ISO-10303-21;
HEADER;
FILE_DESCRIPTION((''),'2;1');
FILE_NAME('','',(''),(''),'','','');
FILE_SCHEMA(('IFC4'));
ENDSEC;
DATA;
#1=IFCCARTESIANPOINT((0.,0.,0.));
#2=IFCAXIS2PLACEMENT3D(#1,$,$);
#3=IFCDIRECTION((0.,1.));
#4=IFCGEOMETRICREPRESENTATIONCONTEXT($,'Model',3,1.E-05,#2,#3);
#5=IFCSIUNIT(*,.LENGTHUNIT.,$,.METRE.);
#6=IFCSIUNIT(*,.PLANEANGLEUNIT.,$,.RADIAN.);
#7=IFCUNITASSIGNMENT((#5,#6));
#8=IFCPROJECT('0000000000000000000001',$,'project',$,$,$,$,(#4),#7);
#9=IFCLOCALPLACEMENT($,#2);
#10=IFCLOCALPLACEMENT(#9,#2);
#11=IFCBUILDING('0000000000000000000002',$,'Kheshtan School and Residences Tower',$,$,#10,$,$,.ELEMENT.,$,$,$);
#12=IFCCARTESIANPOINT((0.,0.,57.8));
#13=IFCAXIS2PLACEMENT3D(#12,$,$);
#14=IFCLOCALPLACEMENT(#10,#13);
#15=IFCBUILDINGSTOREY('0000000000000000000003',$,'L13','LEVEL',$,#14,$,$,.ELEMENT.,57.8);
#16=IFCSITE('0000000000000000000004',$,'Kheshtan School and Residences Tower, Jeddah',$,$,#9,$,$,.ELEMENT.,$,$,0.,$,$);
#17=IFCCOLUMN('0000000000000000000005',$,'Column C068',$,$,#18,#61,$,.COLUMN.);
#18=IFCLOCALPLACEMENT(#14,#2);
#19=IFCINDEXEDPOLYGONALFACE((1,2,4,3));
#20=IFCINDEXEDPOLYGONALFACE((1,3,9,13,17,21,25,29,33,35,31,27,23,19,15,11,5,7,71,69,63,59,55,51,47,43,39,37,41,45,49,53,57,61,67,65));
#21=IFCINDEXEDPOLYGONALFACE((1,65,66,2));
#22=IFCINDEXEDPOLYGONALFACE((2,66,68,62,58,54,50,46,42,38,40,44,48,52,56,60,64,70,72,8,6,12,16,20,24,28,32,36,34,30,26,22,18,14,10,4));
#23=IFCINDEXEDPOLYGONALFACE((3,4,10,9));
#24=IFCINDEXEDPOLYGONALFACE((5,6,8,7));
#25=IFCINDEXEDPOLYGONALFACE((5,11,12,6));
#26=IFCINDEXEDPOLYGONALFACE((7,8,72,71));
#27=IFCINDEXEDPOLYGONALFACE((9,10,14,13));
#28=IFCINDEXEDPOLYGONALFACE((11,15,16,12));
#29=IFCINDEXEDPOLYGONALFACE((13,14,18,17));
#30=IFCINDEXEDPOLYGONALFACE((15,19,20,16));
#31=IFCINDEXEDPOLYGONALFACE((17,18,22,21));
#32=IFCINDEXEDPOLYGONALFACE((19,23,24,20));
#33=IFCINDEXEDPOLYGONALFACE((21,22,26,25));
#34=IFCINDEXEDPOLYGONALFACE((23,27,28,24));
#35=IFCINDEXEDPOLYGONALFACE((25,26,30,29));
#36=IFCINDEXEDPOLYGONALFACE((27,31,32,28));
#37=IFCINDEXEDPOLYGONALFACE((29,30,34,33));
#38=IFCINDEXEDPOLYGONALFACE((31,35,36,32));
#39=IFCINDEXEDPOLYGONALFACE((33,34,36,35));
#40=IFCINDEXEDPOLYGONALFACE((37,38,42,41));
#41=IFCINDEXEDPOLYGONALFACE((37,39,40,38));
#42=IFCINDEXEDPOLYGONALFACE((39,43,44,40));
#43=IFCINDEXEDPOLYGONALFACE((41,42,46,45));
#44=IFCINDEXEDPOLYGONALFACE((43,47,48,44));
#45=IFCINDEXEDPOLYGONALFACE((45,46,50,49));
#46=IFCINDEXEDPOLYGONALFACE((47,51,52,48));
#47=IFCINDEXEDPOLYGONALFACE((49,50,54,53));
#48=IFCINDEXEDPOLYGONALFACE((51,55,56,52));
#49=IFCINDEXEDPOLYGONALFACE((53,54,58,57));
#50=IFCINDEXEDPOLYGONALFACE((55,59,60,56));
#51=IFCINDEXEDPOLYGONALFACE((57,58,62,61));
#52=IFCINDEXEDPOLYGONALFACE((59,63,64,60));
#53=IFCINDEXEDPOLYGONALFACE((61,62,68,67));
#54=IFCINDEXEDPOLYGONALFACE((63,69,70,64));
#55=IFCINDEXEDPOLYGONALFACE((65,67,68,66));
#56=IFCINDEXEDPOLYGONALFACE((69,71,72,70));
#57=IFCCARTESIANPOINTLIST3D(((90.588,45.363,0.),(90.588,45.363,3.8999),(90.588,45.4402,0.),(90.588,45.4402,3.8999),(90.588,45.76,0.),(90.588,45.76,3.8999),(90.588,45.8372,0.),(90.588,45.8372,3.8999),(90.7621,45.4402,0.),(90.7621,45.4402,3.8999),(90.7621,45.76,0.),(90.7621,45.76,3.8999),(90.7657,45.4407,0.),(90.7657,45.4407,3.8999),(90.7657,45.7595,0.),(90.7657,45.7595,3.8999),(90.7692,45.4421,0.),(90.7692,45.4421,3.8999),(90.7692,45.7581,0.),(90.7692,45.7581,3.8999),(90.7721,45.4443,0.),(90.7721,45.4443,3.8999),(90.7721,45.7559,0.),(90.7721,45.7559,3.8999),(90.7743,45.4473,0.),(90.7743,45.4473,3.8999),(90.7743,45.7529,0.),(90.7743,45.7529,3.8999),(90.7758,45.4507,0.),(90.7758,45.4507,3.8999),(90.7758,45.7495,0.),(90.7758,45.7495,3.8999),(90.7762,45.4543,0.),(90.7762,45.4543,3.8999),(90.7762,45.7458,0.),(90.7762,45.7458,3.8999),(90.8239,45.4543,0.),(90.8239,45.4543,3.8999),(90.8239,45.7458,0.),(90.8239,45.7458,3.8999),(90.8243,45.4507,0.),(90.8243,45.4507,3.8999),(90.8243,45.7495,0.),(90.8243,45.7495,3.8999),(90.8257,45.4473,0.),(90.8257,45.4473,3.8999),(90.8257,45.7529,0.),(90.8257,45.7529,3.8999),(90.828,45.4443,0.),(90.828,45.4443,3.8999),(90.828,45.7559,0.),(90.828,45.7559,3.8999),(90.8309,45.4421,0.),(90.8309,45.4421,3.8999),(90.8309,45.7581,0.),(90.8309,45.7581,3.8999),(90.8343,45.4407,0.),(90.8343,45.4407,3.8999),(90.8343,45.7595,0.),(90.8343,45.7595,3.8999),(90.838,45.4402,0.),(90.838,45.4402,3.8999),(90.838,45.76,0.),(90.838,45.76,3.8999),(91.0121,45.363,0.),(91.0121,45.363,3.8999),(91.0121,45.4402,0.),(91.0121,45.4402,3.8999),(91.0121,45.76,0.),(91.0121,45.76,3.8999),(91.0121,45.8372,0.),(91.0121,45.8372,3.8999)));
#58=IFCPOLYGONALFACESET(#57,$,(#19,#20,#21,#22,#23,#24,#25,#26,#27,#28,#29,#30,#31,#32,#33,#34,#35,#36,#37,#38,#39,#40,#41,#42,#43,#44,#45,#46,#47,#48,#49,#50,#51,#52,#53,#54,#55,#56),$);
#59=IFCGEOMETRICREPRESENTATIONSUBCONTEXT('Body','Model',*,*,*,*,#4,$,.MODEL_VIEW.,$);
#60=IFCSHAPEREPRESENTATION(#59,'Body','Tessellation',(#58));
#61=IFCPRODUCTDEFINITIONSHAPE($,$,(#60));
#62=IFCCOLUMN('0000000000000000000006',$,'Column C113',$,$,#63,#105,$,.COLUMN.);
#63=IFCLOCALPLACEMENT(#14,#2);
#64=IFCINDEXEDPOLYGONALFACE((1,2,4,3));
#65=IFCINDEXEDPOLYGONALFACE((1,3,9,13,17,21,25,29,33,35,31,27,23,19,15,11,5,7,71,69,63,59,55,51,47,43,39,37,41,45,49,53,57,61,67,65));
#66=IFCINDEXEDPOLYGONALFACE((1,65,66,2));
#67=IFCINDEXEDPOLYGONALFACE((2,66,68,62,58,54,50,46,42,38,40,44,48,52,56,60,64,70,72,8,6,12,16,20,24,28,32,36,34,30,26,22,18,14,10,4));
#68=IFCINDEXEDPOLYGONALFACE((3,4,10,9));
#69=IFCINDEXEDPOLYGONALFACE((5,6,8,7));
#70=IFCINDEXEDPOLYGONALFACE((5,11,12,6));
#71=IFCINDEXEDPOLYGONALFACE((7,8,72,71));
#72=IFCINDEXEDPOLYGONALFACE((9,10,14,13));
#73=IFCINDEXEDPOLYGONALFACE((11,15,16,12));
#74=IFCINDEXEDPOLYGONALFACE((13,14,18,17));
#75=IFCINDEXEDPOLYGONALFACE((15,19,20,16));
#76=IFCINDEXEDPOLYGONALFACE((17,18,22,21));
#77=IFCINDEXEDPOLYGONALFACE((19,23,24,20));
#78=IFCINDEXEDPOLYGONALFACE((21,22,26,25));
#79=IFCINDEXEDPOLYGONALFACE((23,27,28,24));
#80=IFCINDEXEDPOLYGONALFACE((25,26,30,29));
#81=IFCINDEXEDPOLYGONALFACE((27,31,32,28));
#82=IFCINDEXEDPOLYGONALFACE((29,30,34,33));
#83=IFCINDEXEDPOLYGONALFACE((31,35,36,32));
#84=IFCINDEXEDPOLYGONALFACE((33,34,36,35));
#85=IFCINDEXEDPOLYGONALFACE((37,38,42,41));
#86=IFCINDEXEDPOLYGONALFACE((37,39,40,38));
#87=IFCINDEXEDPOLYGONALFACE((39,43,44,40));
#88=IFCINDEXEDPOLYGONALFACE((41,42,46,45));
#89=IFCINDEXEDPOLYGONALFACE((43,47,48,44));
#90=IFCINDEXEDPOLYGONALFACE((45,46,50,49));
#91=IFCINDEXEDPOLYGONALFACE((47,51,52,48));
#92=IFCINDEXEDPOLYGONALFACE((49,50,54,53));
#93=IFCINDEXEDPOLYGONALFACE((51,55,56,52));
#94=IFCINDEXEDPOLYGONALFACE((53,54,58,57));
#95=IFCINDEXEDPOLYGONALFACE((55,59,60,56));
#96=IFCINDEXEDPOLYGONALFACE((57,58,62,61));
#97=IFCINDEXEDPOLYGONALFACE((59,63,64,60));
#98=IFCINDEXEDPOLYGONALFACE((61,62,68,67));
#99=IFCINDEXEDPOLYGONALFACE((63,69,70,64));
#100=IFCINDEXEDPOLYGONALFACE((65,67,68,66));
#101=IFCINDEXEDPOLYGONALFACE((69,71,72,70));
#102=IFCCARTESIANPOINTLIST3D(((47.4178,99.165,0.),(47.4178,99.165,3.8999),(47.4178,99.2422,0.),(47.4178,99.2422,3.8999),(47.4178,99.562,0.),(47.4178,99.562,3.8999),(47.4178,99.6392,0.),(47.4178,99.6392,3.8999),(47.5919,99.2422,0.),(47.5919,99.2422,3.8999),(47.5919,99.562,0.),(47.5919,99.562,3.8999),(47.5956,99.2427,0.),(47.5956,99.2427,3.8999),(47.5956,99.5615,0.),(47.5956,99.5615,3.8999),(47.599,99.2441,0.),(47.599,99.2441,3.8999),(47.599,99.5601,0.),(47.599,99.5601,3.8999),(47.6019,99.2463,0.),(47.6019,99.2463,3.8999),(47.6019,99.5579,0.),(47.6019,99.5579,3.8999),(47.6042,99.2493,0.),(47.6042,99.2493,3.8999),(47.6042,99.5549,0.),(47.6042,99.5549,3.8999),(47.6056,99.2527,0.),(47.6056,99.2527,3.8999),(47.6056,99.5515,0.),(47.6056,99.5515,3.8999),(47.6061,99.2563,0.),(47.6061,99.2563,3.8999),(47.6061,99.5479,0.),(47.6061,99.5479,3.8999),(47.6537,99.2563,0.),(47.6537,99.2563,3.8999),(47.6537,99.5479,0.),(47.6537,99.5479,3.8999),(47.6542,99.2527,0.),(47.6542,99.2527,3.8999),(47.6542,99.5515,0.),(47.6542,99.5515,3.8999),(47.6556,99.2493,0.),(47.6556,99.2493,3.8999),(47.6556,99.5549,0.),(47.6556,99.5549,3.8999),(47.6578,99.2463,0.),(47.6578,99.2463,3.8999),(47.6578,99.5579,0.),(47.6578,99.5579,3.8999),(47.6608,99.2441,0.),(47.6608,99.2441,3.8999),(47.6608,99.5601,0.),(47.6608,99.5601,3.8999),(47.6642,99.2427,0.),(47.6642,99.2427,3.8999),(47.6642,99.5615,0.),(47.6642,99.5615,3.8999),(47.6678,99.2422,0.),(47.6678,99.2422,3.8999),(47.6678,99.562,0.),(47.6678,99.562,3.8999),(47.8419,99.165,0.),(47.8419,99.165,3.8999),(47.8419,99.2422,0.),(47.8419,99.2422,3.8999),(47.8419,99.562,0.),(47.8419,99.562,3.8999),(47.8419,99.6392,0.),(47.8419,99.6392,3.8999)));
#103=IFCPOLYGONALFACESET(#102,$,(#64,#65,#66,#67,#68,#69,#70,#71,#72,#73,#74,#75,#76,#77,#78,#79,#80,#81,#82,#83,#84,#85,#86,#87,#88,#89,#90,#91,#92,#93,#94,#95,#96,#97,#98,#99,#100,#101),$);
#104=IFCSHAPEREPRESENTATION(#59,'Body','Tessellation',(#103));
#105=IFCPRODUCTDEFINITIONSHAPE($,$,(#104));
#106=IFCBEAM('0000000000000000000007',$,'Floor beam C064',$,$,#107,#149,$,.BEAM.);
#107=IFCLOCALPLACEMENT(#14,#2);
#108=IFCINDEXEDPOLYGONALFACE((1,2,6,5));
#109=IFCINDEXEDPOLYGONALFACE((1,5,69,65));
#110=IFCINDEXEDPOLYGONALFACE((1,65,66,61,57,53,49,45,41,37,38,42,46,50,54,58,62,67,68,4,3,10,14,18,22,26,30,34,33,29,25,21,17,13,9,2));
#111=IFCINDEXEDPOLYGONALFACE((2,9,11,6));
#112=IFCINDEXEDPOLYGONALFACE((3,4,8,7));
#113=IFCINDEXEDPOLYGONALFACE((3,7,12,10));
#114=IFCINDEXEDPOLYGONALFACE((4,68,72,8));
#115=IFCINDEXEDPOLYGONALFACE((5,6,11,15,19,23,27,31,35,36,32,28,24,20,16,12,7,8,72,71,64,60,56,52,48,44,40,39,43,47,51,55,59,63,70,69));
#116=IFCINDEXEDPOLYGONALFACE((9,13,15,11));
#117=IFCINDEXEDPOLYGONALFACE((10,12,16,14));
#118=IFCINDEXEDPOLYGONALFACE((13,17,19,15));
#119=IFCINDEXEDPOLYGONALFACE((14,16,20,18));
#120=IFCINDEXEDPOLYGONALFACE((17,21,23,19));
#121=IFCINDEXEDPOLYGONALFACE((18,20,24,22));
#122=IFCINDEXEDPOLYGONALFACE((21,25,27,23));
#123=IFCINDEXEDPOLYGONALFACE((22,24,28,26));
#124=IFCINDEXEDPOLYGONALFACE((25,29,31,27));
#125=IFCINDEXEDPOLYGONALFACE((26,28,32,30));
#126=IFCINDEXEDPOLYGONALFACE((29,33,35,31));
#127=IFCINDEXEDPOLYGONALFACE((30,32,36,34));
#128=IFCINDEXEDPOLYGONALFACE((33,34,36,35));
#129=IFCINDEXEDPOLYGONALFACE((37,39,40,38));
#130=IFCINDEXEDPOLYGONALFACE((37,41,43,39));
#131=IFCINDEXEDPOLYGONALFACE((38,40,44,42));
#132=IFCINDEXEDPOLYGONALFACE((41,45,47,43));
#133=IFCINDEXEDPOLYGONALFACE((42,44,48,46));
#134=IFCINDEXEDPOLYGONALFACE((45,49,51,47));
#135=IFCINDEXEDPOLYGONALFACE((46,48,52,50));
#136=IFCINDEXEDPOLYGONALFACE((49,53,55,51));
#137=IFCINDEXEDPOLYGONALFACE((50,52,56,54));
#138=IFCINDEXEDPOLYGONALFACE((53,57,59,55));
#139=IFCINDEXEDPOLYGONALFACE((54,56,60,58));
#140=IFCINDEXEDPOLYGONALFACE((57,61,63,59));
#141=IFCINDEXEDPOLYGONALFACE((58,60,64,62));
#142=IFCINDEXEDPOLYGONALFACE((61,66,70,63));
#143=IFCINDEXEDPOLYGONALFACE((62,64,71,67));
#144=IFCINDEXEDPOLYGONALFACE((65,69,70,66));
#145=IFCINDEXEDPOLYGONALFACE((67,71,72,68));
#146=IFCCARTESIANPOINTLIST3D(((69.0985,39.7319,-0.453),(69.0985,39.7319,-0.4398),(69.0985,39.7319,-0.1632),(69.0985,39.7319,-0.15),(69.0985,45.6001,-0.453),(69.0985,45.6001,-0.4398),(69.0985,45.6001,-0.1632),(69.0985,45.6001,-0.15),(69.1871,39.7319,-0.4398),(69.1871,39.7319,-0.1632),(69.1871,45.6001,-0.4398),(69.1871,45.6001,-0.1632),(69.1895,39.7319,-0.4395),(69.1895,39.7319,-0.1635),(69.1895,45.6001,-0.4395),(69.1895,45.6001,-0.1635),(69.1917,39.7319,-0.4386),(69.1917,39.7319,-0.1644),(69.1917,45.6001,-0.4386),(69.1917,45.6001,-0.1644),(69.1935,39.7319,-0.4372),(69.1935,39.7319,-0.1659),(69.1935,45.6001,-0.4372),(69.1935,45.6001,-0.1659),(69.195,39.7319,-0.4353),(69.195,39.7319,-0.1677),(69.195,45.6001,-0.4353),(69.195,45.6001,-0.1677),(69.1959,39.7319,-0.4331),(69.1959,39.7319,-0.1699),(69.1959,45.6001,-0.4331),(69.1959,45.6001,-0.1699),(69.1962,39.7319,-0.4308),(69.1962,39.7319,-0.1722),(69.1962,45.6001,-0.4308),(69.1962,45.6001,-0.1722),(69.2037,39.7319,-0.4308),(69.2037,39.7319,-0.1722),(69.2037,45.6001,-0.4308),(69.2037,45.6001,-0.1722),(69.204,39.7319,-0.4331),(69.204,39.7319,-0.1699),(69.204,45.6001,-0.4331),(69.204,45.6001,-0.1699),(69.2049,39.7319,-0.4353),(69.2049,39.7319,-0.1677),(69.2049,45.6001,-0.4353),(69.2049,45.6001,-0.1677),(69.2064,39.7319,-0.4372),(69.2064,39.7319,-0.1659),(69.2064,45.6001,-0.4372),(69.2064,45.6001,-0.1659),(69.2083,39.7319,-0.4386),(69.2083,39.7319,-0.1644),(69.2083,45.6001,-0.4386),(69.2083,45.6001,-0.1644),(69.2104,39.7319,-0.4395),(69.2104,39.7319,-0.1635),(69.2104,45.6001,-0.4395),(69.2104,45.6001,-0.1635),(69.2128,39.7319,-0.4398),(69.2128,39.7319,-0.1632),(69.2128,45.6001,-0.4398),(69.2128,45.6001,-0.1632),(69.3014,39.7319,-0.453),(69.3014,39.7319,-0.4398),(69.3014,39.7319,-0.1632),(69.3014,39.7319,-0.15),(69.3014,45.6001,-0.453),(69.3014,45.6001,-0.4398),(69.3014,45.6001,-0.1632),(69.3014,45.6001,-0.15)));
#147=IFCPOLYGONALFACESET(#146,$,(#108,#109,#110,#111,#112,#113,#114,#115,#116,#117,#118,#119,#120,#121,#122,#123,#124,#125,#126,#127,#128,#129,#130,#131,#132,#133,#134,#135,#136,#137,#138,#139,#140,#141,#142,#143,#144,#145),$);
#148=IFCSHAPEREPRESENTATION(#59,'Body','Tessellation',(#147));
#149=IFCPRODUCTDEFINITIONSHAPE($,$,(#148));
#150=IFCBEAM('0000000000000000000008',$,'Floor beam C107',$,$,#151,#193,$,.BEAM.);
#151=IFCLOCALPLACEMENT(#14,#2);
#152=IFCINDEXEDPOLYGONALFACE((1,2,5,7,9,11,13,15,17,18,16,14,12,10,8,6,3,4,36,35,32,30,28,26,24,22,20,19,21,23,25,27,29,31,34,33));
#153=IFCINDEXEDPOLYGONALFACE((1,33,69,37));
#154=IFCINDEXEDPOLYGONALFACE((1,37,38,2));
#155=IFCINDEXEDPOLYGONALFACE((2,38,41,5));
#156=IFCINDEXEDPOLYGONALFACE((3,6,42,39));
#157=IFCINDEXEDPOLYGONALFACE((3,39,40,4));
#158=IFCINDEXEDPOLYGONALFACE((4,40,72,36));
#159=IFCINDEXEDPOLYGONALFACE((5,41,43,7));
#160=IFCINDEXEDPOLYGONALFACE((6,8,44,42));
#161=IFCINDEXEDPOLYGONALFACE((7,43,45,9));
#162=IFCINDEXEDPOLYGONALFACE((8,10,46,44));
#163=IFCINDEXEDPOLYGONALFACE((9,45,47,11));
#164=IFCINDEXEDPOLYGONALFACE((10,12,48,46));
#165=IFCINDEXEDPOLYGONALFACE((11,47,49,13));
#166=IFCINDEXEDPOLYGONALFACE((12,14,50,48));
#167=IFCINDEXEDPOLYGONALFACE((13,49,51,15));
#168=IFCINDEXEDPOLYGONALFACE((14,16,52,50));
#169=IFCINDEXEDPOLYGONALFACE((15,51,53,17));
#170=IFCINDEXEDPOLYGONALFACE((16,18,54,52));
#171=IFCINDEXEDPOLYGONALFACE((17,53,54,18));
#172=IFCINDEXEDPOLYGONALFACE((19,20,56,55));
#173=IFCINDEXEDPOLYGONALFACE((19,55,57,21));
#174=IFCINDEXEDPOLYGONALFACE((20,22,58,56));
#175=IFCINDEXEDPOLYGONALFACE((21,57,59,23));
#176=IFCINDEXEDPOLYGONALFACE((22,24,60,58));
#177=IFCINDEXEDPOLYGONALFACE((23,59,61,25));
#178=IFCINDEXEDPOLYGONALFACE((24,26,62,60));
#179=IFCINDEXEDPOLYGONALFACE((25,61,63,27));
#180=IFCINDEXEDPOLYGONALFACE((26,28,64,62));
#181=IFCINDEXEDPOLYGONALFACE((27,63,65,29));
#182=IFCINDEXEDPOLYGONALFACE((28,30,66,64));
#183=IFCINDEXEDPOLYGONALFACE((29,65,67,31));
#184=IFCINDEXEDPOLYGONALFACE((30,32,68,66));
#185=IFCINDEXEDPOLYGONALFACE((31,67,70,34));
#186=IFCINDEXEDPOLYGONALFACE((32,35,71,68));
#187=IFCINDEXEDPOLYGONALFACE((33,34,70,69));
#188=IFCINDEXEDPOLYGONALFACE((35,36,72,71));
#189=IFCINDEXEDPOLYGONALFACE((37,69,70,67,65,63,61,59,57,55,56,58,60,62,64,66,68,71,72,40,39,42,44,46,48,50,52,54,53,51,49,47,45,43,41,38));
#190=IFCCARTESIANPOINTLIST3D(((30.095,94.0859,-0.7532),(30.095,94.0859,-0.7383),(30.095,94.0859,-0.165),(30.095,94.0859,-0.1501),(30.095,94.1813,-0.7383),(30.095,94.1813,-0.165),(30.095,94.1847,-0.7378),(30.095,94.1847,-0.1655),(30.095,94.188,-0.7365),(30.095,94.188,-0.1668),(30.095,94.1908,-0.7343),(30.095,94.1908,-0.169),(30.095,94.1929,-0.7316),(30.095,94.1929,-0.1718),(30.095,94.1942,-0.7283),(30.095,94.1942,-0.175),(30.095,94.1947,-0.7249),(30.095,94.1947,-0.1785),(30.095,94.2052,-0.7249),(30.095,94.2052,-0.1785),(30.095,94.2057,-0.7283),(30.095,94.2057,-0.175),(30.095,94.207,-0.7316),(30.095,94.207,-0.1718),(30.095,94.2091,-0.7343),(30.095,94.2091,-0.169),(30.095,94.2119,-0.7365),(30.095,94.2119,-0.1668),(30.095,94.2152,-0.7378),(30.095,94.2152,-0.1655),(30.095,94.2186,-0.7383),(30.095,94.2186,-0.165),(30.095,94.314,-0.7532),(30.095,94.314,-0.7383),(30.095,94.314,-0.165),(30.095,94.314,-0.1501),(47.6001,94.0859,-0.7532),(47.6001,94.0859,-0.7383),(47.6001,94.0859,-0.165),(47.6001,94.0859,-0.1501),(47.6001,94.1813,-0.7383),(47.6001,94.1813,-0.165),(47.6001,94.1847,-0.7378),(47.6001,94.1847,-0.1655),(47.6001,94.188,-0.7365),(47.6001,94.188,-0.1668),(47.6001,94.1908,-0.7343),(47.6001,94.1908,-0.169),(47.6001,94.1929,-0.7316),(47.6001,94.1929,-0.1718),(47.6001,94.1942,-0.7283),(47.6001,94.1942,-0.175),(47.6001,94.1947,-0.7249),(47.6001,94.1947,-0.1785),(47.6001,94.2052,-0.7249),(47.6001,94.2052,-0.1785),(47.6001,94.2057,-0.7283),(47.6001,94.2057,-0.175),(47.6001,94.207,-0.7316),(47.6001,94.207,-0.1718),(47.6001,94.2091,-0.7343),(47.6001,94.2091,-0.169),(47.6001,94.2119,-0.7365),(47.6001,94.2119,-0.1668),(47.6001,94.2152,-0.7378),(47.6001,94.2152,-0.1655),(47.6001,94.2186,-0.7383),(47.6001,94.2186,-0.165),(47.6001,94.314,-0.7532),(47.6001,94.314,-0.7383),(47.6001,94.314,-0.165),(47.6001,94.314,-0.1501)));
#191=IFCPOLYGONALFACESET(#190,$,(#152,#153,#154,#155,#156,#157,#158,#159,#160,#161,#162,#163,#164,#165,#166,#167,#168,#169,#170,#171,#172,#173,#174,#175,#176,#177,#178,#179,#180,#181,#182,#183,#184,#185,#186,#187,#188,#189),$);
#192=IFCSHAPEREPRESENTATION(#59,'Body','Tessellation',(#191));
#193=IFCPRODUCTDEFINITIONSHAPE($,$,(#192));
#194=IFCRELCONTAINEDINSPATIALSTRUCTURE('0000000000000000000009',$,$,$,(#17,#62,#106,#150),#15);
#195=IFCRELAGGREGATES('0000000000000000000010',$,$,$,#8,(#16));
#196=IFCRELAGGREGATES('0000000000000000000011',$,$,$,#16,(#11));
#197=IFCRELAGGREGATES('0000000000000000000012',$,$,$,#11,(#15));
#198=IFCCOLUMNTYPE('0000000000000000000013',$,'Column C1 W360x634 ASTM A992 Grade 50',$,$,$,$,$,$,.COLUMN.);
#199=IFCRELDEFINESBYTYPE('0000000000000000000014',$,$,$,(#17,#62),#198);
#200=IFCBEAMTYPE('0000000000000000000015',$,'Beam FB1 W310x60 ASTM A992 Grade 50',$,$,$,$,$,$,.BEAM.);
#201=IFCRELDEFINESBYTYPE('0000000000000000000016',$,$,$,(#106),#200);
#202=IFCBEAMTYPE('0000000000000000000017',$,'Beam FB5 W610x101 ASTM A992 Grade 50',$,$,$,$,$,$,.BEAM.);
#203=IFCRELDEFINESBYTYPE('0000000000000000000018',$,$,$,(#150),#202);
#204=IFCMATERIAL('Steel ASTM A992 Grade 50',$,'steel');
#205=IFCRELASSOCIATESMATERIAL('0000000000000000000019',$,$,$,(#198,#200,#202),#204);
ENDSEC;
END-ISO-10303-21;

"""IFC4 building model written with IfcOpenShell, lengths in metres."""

from ifc_helpers import new_model, si_unit, direction, frame, origin, origin_2d, place, context, subcontext, project, spatial, i_section, extrude, material, material_profile, profile_set, type_object, element, save


model = new_model("IFC4")

# Units and contexts
model_context = context("Model", 3, precision=1e-05, world=origin(), true_north=direction((0.0, 1.0)))
body_context = subcontext(model_context, "Body", "Model", "MODEL_VIEW")
ifc_project = project(units=[si_unit("LENGTHUNIT", "METRE"), si_unit("PLANEANGLEUNIT", "RADIAN")], contexts=[model_context])

# Site, building, storey
site_placement = place(None, origin())
site = spatial("IfcSite", under=ifc_project, at=site_placement, Name="Kheshtan School and Residences Tower, Jeddah", CompositionType="ELEMENT", RefElevation=0.0)
building_placement = place(site_placement, origin())
building = spatial("IfcBuilding", under=site, at=building_placement, Name="Kheshtan School and Residences Tower", CompositionType="ELEMENT")
storey_placement = place(building_placement, frame((0.0, 0.0, 57.8)))
storey = spatial("IfcBuildingStorey", under=building, at=storey_placement, Name="L13", Description="LEVEL", CompositionType="ELEMENT", Elevation=57.8)

# Columns
ifc_material = material(Name="Steel ASTM A992 Grade 50", Category="steel")
ifc_material_profile_1 = material_profile(ifc_material, i_section(OverallWidth=0.4241, OverallDepth=0.4741, WebThickness=0.0476, FlangeThickness=0.0771, FilletRadius=0.0142, at=origin_2d()), Name="W360x634")
ifc_profile_set_1 = profile_set([ifc_material_profile_1], Name="Steel ASTM A992 Grade 50")
column_type = type_object("IfcColumnType", Name="Column C1 W360x634 ASTM A992 Grade 50", PredefinedType="COLUMN", material=ifc_profile_set_1)
for number, where, z_axis, x_axis, name in (
    (1, (90.8, 45.6001, 0.0), (0.0, 0.0, 1.0), (1.0, 0.0, 0.0), "Column C068"),
    (2, (47.6299, 99.4021, 0.0), (0.0, 0.0, 1.0), (1.0, 0.0, 0.0), "Column C113"),
):
    element("IfcColumn", number, at=place(storey_placement, frame(where, z_axis=z_axis, x_axis=x_axis)), inside=storey, type_object=column_type, Name=name, PredefinedType="COLUMN", context=body_context, shape_type="SweptSolid", body=[
        extrude(i_section(OverallWidth=0.4241, OverallDepth=0.4741, WebThickness=0.0476, FlangeThickness=0.0771, FilletRadius=0.0142, at=origin_2d()), origin(), (0.0, 0.0, 1.0), 3.8999),
    ])

# Beams
ifc_material_profile_2 = material_profile(ifc_material, i_section(OverallWidth=0.2029, OverallDepth=0.303, WebThickness=0.0076, FlangeThickness=0.0132, FilletRadius=0.009, at=origin_2d()), Name="W310x60")
ifc_profile_set_2 = profile_set([ifc_material_profile_2], Name="Steel ASTM A992 Grade 50")
beam_type_1 = type_object("IfcBeamType", Name="Beam FB1 W310x60 ASTM A992 Grade 50", PredefinedType="BEAM", material=ifc_profile_set_2)
beam_1_placement = place(storey_placement, frame((69.2, 45.6001, -0.3015), z_axis=(0.0, -1.0, 0.0), x_axis=(1.0, 0.0, 0.0)))
element("IfcBeam", 3, at=beam_1_placement, inside=storey, type_object=beam_type_1, Name="Floor beam C064", PredefinedType="BEAM", context=body_context, shape_type="SweptSolid", body=[
    extrude(i_section(OverallWidth=0.2029, OverallDepth=0.303, WebThickness=0.0076, FlangeThickness=0.0132, FilletRadius=0.009, at=origin_2d()), origin(), (0.0, 0.0, 1.0), 5.8682),
])
ifc_material_profile_3 = material_profile(ifc_material, i_section(OverallWidth=0.228, OverallDepth=0.603, WebThickness=0.0105, FlangeThickness=0.0149, FilletRadius=0.0134, at=origin_2d()), Name="W610x101")
ifc_profile_set_3 = profile_set([ifc_material_profile_3], Name="Steel ASTM A992 Grade 50")
beam_type_2 = type_object("IfcBeamType", Name="Beam FB5 W610x101 ASTM A992 Grade 50", PredefinedType="BEAM", material=ifc_profile_set_3)
beam_2_placement = place(storey_placement, frame((47.6001, 94.2, -0.4517), z_axis=(-1.0, 0.0, 0.0), x_axis=(0.0, -1.0, 0.0)))
element("IfcBeam", 4, at=beam_2_placement, inside=storey, type_object=beam_type_2, Name="Floor beam C107", PredefinedType="BEAM", context=body_context, shape_type="SweptSolid", body=[
    extrude(i_section(OverallWidth=0.228, OverallDepth=0.603, WebThickness=0.0105, FlangeThickness=0.0149, FilletRadius=0.0134, at=origin_2d()), origin(), (0.0, 0.0, 1.0), 17.5051),
])

save(model, "model.ifc")
